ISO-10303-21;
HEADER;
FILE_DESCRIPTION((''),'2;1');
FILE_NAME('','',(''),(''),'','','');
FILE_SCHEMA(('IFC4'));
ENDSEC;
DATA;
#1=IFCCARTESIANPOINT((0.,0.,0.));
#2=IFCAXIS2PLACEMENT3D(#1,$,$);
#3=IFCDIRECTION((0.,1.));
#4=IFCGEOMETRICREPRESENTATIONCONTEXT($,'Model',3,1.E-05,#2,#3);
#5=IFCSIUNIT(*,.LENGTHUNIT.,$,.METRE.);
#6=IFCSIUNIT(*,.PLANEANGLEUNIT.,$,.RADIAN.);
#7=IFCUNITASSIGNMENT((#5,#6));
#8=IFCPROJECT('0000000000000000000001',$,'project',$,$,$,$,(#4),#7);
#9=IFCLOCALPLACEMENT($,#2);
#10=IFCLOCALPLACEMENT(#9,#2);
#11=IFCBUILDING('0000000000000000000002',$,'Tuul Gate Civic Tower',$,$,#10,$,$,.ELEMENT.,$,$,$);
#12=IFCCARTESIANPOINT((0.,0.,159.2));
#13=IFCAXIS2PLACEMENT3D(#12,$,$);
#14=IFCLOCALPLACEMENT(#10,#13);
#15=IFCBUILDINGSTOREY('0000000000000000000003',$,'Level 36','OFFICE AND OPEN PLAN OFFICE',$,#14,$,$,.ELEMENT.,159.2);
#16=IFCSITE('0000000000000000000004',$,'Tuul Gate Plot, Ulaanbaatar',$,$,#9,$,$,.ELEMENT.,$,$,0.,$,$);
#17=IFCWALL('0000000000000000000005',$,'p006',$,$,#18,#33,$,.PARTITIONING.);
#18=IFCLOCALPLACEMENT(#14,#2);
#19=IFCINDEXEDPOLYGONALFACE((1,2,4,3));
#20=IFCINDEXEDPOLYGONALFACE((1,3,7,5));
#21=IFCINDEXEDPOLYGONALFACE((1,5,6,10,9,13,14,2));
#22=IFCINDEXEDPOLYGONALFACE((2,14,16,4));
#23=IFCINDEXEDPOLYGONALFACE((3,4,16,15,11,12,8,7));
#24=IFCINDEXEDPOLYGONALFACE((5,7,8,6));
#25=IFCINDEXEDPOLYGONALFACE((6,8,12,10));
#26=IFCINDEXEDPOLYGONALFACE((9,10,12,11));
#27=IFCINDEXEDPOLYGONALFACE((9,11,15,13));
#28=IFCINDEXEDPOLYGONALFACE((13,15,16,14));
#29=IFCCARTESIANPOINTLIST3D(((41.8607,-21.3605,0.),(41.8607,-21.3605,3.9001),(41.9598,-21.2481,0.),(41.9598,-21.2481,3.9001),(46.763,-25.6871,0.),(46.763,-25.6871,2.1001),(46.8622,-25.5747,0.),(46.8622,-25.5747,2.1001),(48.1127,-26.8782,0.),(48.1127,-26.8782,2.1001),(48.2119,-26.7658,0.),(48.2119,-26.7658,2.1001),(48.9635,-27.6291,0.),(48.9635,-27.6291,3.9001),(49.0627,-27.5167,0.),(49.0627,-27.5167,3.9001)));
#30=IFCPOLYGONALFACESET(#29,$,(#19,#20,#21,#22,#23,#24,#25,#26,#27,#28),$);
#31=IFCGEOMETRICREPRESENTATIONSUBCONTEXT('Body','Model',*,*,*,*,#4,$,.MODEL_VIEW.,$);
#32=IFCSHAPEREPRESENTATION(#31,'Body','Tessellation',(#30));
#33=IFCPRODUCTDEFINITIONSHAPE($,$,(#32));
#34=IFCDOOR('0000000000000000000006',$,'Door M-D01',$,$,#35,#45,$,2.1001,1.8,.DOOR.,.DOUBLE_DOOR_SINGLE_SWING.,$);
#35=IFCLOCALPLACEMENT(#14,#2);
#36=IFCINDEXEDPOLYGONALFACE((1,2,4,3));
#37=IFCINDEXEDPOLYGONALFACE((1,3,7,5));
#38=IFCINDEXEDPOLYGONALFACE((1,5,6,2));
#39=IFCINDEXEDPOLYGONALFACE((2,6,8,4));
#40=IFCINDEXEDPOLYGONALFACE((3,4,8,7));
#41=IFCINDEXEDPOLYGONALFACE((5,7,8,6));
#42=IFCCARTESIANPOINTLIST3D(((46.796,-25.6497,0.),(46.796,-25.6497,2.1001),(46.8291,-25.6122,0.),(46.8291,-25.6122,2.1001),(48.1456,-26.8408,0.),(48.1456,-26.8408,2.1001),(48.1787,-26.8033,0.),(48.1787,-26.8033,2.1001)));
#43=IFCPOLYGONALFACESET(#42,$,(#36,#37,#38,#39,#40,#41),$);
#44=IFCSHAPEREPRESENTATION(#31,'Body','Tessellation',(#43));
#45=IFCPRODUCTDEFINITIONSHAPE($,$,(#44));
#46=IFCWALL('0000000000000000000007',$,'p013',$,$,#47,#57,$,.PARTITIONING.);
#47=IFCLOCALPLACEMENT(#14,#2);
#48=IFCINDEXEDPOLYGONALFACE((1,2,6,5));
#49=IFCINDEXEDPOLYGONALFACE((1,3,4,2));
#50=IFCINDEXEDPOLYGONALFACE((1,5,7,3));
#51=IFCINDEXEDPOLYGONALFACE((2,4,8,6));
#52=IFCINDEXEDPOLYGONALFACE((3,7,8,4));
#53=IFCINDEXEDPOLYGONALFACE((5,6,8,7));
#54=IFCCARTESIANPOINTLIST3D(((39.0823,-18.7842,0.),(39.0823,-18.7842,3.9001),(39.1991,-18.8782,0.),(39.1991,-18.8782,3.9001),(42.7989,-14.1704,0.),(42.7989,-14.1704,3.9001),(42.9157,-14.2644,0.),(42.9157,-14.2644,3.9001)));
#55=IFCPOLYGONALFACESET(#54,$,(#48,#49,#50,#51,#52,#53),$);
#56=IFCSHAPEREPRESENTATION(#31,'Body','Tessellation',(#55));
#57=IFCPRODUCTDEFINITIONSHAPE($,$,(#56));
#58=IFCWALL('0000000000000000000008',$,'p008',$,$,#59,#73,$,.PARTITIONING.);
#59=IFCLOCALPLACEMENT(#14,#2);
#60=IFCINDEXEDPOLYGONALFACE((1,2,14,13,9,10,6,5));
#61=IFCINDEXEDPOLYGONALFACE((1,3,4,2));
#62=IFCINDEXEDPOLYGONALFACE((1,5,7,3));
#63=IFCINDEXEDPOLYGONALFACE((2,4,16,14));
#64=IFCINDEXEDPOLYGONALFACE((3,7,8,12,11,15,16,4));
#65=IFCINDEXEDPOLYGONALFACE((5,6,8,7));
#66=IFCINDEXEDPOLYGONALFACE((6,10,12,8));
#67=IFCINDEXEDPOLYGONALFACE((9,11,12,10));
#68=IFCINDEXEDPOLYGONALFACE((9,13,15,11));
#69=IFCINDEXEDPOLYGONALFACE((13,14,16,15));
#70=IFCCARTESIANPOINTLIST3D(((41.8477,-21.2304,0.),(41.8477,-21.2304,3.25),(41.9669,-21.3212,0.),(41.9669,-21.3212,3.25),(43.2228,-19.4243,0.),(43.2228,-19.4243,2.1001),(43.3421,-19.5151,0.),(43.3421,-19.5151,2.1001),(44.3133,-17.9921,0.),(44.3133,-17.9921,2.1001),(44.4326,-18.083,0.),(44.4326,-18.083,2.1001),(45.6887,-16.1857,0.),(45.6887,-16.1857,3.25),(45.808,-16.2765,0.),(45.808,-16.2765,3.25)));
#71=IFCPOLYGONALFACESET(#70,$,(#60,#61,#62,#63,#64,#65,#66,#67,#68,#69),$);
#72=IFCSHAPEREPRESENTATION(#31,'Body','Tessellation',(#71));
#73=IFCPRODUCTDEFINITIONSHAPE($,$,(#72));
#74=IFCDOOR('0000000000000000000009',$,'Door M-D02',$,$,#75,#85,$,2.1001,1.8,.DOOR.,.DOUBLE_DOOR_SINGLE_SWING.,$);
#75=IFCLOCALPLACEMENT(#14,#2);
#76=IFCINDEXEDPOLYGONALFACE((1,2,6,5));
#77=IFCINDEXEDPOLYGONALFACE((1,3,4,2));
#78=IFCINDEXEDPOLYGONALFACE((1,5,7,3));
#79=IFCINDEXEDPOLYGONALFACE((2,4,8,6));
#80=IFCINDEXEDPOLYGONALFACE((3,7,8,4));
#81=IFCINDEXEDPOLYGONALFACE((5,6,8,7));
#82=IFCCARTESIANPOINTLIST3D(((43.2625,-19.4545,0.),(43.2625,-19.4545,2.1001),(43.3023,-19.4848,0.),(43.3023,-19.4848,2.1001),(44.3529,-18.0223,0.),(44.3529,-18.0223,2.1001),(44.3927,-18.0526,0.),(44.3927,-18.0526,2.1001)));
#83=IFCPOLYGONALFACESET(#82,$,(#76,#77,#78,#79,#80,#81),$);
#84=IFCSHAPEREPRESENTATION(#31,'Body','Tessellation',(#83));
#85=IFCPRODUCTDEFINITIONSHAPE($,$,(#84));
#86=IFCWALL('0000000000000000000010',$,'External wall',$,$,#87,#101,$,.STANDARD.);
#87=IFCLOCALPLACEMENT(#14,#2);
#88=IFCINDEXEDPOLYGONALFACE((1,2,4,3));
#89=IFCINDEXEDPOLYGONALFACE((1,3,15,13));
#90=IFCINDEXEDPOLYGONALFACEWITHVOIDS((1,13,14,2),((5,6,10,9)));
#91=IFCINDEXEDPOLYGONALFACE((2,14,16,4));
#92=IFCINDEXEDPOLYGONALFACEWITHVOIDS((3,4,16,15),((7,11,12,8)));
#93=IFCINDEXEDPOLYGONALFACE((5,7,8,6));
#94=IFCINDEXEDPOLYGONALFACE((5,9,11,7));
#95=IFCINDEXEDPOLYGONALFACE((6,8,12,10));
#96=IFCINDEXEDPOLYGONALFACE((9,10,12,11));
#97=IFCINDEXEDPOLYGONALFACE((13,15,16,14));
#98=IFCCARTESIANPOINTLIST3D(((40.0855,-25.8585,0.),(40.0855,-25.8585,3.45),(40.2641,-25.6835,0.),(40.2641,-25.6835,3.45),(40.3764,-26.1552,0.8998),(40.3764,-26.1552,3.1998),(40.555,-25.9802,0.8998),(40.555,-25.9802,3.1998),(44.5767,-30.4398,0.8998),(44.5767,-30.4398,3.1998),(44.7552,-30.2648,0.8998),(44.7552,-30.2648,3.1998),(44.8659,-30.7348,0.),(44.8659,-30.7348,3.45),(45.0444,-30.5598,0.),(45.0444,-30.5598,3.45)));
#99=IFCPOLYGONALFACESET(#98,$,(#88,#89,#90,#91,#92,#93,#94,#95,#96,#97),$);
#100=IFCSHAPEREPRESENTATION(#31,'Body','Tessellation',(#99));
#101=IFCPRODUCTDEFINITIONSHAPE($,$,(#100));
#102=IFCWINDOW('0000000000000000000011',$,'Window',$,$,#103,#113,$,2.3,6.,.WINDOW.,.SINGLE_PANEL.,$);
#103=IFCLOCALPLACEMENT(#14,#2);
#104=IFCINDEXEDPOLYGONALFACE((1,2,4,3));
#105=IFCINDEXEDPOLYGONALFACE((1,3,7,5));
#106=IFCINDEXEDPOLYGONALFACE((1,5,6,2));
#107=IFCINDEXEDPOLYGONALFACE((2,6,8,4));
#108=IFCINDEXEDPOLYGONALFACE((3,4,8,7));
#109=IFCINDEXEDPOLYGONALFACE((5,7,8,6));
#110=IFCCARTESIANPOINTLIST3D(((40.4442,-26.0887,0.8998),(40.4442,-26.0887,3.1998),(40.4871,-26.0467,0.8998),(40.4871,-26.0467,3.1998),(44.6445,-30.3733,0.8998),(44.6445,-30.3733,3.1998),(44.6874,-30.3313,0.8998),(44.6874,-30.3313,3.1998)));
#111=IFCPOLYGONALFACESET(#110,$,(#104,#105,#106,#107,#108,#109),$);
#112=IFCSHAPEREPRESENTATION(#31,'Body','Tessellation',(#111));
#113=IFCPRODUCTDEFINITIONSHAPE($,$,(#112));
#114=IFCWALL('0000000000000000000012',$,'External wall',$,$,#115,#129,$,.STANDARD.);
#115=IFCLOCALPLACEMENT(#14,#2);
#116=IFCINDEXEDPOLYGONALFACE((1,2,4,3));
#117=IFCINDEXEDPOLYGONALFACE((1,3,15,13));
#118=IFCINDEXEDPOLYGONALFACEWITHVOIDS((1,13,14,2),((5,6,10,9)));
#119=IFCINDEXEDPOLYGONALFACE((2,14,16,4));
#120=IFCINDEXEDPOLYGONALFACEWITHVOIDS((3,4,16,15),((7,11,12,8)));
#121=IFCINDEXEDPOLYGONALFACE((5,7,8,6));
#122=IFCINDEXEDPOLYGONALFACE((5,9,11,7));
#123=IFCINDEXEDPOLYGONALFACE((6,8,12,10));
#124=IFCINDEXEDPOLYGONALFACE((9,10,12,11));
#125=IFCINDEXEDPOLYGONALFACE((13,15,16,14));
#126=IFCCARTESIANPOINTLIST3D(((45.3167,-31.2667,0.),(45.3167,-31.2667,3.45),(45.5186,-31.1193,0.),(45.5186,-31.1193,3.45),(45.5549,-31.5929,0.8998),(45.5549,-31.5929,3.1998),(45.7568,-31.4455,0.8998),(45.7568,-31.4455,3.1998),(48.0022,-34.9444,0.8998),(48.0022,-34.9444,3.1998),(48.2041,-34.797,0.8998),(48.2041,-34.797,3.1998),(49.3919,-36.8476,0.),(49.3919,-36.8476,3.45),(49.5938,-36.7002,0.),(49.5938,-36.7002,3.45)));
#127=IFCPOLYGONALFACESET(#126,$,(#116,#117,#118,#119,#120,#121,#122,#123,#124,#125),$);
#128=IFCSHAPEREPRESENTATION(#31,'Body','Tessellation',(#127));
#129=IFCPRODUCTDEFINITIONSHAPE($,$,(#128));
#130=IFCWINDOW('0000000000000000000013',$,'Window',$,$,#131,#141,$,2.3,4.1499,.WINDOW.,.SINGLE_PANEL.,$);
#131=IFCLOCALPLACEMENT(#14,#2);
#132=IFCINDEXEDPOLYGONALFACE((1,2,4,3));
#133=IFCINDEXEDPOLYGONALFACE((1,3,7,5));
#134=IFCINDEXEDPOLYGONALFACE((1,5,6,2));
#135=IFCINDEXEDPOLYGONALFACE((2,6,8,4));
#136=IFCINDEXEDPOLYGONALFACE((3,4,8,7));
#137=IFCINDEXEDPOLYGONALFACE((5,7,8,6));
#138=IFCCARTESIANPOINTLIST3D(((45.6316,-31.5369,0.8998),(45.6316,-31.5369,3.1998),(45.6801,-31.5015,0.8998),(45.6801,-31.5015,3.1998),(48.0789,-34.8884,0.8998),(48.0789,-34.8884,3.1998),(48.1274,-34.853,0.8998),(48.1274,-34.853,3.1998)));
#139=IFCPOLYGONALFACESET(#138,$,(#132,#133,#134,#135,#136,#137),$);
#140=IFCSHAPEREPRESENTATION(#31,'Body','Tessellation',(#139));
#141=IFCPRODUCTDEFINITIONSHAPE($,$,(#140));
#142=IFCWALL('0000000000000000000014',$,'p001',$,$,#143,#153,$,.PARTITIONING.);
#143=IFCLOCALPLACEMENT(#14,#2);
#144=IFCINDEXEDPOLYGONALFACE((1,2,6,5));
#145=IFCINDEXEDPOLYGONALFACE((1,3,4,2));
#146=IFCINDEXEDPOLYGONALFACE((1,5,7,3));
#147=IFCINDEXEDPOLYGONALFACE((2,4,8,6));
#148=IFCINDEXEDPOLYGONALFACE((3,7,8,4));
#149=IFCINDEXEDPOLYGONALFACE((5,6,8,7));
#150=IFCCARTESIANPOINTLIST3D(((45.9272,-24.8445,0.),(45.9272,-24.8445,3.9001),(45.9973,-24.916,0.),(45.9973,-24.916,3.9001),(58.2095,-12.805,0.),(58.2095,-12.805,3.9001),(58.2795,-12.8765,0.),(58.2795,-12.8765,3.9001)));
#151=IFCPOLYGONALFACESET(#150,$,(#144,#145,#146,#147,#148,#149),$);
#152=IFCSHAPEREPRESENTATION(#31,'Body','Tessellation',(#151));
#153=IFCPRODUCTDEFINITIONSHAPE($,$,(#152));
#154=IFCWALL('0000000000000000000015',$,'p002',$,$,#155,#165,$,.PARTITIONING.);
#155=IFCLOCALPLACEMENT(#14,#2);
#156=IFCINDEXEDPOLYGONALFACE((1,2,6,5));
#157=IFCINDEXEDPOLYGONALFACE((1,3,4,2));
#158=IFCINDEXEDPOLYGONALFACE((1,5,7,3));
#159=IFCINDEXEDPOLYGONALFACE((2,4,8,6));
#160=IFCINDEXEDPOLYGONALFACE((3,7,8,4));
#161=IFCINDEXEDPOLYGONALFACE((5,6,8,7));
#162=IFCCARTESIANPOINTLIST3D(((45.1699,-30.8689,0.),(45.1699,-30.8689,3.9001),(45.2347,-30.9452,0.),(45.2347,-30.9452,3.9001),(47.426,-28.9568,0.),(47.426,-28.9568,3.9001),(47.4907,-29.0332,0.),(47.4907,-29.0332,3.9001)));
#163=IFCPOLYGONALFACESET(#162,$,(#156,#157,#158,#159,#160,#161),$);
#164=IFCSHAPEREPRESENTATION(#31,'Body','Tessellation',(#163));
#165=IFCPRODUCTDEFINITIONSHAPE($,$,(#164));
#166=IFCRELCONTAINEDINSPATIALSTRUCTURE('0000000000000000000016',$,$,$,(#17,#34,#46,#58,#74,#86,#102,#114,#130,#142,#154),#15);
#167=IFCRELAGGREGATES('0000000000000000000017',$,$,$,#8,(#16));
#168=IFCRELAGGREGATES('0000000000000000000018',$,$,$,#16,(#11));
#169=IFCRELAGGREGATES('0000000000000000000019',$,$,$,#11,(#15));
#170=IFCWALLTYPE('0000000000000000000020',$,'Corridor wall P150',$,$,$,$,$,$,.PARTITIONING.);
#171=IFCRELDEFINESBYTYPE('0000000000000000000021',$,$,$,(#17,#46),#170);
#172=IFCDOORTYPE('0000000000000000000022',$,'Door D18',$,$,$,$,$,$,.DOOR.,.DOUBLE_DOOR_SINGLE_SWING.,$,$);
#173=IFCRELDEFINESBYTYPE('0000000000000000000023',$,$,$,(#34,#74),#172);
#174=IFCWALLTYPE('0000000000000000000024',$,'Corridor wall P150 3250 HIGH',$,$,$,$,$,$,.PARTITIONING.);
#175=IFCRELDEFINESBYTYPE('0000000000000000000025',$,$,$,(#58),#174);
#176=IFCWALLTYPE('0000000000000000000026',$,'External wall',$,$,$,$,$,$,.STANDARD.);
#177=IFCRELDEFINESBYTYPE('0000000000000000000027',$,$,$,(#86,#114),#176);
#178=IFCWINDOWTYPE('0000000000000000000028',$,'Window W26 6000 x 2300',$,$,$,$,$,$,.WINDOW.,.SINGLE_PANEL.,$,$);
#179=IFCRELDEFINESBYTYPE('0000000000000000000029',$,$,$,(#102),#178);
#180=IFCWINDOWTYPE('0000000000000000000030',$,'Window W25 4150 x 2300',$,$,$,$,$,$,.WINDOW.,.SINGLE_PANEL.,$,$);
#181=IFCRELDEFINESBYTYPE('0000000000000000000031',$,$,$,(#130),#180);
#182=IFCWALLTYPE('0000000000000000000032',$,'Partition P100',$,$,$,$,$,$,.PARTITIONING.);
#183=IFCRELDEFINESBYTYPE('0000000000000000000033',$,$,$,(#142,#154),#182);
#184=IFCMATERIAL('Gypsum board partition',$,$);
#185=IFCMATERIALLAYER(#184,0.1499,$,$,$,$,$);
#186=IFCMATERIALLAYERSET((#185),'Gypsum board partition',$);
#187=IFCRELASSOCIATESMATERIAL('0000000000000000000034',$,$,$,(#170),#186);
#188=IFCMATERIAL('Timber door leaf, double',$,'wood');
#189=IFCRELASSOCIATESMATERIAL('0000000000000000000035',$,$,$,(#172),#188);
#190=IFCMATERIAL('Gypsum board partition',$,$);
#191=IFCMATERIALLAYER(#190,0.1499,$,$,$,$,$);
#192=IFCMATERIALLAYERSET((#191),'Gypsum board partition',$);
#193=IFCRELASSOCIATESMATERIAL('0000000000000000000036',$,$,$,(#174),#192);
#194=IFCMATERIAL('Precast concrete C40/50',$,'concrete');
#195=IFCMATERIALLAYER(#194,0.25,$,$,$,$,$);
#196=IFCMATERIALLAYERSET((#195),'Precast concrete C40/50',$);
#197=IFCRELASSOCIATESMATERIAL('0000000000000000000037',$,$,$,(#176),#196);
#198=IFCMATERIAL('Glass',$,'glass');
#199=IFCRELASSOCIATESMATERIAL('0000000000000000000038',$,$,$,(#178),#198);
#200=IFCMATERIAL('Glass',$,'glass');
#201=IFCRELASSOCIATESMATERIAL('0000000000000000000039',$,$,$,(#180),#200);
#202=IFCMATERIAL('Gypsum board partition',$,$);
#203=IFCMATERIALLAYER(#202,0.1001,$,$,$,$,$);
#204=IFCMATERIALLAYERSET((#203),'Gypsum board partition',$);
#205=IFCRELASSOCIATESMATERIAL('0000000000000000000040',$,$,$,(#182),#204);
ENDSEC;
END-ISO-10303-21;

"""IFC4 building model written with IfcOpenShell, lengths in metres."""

from ifc_helpers import new_model, si_unit, direction, frame, frame_2d, origin, place, context, subcontext, project, spatial, rectangle, extrude, material, layer, layer_set, type_object, element, fill, save


model = new_model("IFC4")

# Units and contexts
model_context = context("Model", 3, precision=1e-05, world=origin(), true_north=direction((0.0, 1.0)))
body_context = subcontext(model_context, "Body", "Model", "MODEL_VIEW")
ifc_project = project(units=[si_unit("LENGTHUNIT", "METRE"), si_unit("PLANEANGLEUNIT", "RADIAN")], contexts=[model_context])

# Site, building, storey
site_placement = place(None, origin())
site = spatial("IfcSite", under=ifc_project, at=site_placement, Name="Tuul Gate Plot, Ulaanbaatar", CompositionType="ELEMENT", RefElevation=0.0)
building_placement = place(site_placement, origin())
building = spatial("IfcBuilding", under=site, at=building_placement, Name="Tuul Gate Civic Tower", CompositionType="ELEMENT")
storey_placement = place(building_placement, frame((0.0, 0.0, 159.2)))
storey = spatial("IfcBuildingStorey", under=building, at=storey_placement, Name="Level 36", Description="OFFICE AND OPEN PLAN OFFICE", CompositionType="ELEMENT", Elevation=159.2)

# Shared definitions
ifc_material_1 = material(Name="Gypsum board partition")
ifc_layer_1 = layer(ifc_material_1, 0.1499)
ifc_layer_set_1 = layer_set([ifc_layer_1], Name="Gypsum board partition")
wall_type_1 = type_object("IfcWallType", Name="Corridor wall P150", PredefinedType="PARTITIONING", material=ifc_layer_set_1)

# Wall, opening, door
wall_1_placement = place(storey_placement, frame((41.9102, -21.3042, 0.0), z_axis=(0.0, 0.0, 1.0), x_axis=(0.749765, -0.661704, 0.0)))
wall_1 = element("IfcWall", 1, at=wall_1_placement, inside=storey, type_object=wall_type_1, Name="p006", PredefinedType="PARTITIONING", context=body_context, shape_type="SweptSolid", body=[
    extrude(rectangle(XDim=9.4734, YDim=0.1499, at=frame_2d((4.7368, 0.0))), origin(), (0.0, 0.0, 1.0), 3.9001),
])
opening_1_placement = place(wall_1_placement, frame((6.5388, 0.0, 0.0)))
opening_1 = element("IfcOpeningElement", 2, at=opening_1_placement, cuts=wall_1, PredefinedType="OPENING", context=body_context, shape_type="SweptSolid", body=[
    extrude(rectangle(XDim=1.8, YDim=2.1001, at=frame_2d((0.8999, 1.05))), frame((0.0, 0.085, 0.0), z_axis=(0.0, -1.0, 0.0), x_axis=(1.0, 0.0, 0.0)), (0.0, 0.0, 1.0), 0.1699),
])
ifc_material_2 = material(Name="Timber door leaf, double", Category="wood")
door_type = type_object("IfcDoorType", Name="Door D18", OperationType="DOUBLE_DOOR_SINGLE_SWING", PredefinedType="DOOR", material=ifc_material_2)
door_1_placement = place(opening_1_placement, origin())
door_1 = element("IfcDoor", 3, at=door_1_placement, inside=storey, type_object=door_type, Name="Door M-D01", OperationType="DOUBLE_DOOR_SINGLE_SWING", OverallHeight=2.1001, OverallWidth=1.8, PredefinedType="DOOR", context=body_context, shape_type="SweptSolid", body=[
    extrude(rectangle(XDim=1.8, YDim=2.1001, at=frame_2d((0.8999, 1.05))), frame((0.0, 0.0249, 0.0), z_axis=(0.0, -1.0, 0.0), x_axis=(1.0, 0.0, 0.0)), (0.0, 0.0, 1.0), 0.05),
])
fill(opening_1, door_1)

# Wall
wall_2_placement = place(storey_placement, frame((39.1406, -18.8313, 0.0), z_axis=(0.0, 0.0, 1.0), x_axis=(0.62732, 0.778762, 0.0)))
element("IfcWall", 4, at=wall_2_placement, inside=storey, type_object=wall_type_1, Name="p013", PredefinedType="PARTITIONING", context=body_context, shape_type="SweptSolid", body=[
    extrude(rectangle(XDim=5.9246, YDim=0.1499, at=frame_2d((2.9624, 0.0))), origin(), (0.0, 0.0, 1.0), 3.9001),
])

# Wall, opening, door
ifc_material_3 = material(Name="Gypsum board partition")
ifc_layer_2 = layer(ifc_material_3, 0.1499)
ifc_layer_set_2 = layer_set([ifc_layer_2], Name="Gypsum board partition")
wall_type_2 = type_object("IfcWallType", Name="Corridor wall P150 3250 HIGH", PredefinedType="PARTITIONING", material=ifc_layer_set_2)
wall_3_placement = place(storey_placement, frame((41.9072, -21.2759, 0.0), z_axis=(0.0, 0.0, 1.0), x_axis=(0.605794, 0.795622, 0.0)))
wall_3 = element("IfcWall", 5, at=wall_3_placement, inside=storey, type_object=wall_type_2, Name="p008", PredefinedType="PARTITIONING", context=body_context, shape_type="SweptSolid", body=[
    extrude(rectangle(XDim=6.3406, YDim=0.1499, at=frame_2d((3.1704, 0.0))), origin(), (0.0, 0.0, 1.0), 3.25),
])
opening_2_placement = place(wall_3_placement, frame((2.2703, 0.0, 0.0)))
opening_2 = element("IfcOpeningElement", 6, at=opening_2_placement, cuts=wall_3, PredefinedType="OPENING", context=body_context, shape_type="SweptSolid", body=[
    extrude(rectangle(XDim=1.8, YDim=2.1001, at=frame_2d((0.8999, 1.05))), frame((0.0, 0.085, 0.0), z_axis=(0.0, -1.0, 0.0), x_axis=(1.0, 0.0, 0.0)), (0.0, 0.0, 1.0), 0.1699),
])
door_2_placement = place(opening_2_placement, frame((1.8, 0.0, 0.0), z_axis=(0.0, 0.0, 1.0), x_axis=(-1.0, 0.0, 0.0)))
door_2 = element("IfcDoor", 7, at=door_2_placement, inside=storey, type_object=door_type, Name="Door M-D02", OperationType="DOUBLE_DOOR_SINGLE_SWING", OverallHeight=2.1001, OverallWidth=1.8, PredefinedType="DOOR", context=body_context, shape_type="SweptSolid", body=[
    extrude(rectangle(XDim=1.8, YDim=2.1001, at=frame_2d((0.9001, 1.05))), frame((0.0, 0.0249, 0.0), z_axis=(0.0, -1.0, 0.0), x_axis=(1.0, 0.0, 0.0)), (0.0, 0.0, 1.0), 0.05),
])
fill(opening_2, door_2)

# Walls, openings, windows
ifc_material_4 = material(Name="Precast concrete C40/50", Category="concrete")
ifc_layer_3 = layer(ifc_material_4, 0.25)
ifc_layer_set_3 = layer_set([ifc_layer_3], Name="Precast concrete C40/50")
wall_type_3 = type_object("IfcWallType", Name="External wall", PredefinedType="STANDARD", material=ifc_layer_set_3)
wall_4_placement = place(storey_placement, frame((40.1748, -25.771, 0.0), z_axis=(0.0, 0.0, 1.0), x_axis=(0.700046, -0.714097, 0.0)))
wall_4 = element("IfcWall", 8, at=wall_4_placement, inside=storey, type_object=wall_type_3, Name="External wall", PredefinedType="STANDARD", context=body_context, shape_type="SweptSolid", body=[
    extrude(rectangle(XDim=6.8286, YDim=0.25, at=frame_2d((3.4143, 0.0))), origin(), (0.0, 0.0, 1.0), 3.45),
])
opening_3_placement = place(wall_4_placement, frame((0.4155, 0.0, 0.8999)))
opening_3 = element("IfcOpeningElement", 9, at=opening_3_placement, cuts=wall_4, PredefinedType="OPENING", context=body_context, shape_type="SweptSolid", body=[
    extrude(rectangle(XDim=6.0, YDim=2.3, at=frame_2d((3.0, 1.1499))), frame((0.0, 0.135, 0.0), z_axis=(0.0, -1.0, 0.0), x_axis=(1.0, 0.0, 0.0)), (0.0, 0.0, 1.0), 0.27),
])
ifc_material_5 = material(Name="Glass", Category="glass")
window_type_1 = type_object("IfcWindowType", Name="Window W26 6000 x 2300", PartitioningType="SINGLE_PANEL", PredefinedType="WINDOW", material=ifc_material_5)
window_1_placement = place(opening_3_placement, origin())
window_1 = element("IfcWindow", 10, at=window_1_placement, inside=storey, type_object=window_type_1, Name="Window", OverallHeight=2.3, OverallWidth=6.0, PartitioningType="SINGLE_PANEL", PredefinedType="WINDOW", context=body_context, shape_type="SweptSolid", body=[
    extrude(rectangle(XDim=6.0, YDim=2.3, at=frame_2d((3.0, 1.1499))), frame((0.0, 0.03, 0.0), z_axis=(0.0, -1.0, 0.0), x_axis=(1.0, 0.0, 0.0)), (0.0, 0.0, 1.0), 0.0601),
])
fill(opening_3, window_1)
wall_5_placement = place(storey_placement, frame((45.4177, -31.1931, 0.0), z_axis=(0.0, 0.0, 1.0), x_axis=(0.589725, -0.807604, 0.0)))
wall_5 = element("IfcWall", 11, at=wall_5_placement, inside=storey, type_object=wall_type_3, Name="External wall", PredefinedType="STANDARD", context=body_context, shape_type="SweptSolid", body=[
    extrude(rectangle(XDim=6.9104, YDim=0.25, at=frame_2d((3.4551, 0.0))), origin(), (0.0, 0.0, 1.0), 3.45),
])
opening_4_placement = place(wall_5_placement, frame((0.4038, 0.0, 0.8999)))
opening_4 = element("IfcOpeningElement", 12, at=opening_4_placement, cuts=wall_5, PredefinedType="OPENING", context=body_context, shape_type="SweptSolid", body=[
    extrude(rectangle(XDim=4.1499, YDim=2.3, at=frame_2d((2.075, 1.1499))), frame((0.0, 0.135, 0.0), z_axis=(0.0, -1.0, 0.0), x_axis=(1.0, 0.0, 0.0)), (0.0, 0.0, 1.0), 0.27),
])
ifc_material_6 = material(Name="Glass", Category="glass")
window_type_2 = type_object("IfcWindowType", Name="Window W25 4150 x 2300", PartitioningType="SINGLE_PANEL", PredefinedType="WINDOW", material=ifc_material_6)
window_2_placement = place(opening_4_placement, origin())
window_2 = element("IfcWindow", 13, at=window_2_placement, inside=storey, type_object=window_type_2, Name="Window", OverallHeight=2.3, OverallWidth=4.1499, PartitioningType="SINGLE_PANEL", PredefinedType="WINDOW", context=body_context, shape_type="SweptSolid", body=[
    extrude(rectangle(XDim=4.1499, YDim=2.3, at=frame_2d((2.075, 1.1499))), frame((0.0, 0.03, 0.0), z_axis=(0.0, -1.0, 0.0), x_axis=(1.0, 0.0, 0.0)), (0.0, 0.0, 1.0), 0.0601),
])
fill(opening_4, window_2)

# Walls
ifc_material_7 = material(Name="Gypsum board partition")
ifc_layer_4 = layer(ifc_material_7, 0.1001)
ifc_layer_set_4 = layer_set([ifc_layer_4], Name="Gypsum board partition")
wall_type_4 = type_object("IfcWallType", Name="Partition P100", PredefinedType="PARTITIONING", material=ifc_layer_set_4)
wall_6_placement = place(storey_placement, frame((45.9622, -24.8804, 0.0), z_axis=(0.0, 0.0, 1.0), x_axis=(0.714127, 0.700017, 0.0)))
element("IfcWall", 14, at=wall_6_placement, inside=storey, type_object=wall_type_4, Name="p001", PredefinedType="PARTITIONING", context=body_context, shape_type="SweptSolid", body=[
    extrude(rectangle(XDim=17.199, YDim=0.1001, at=frame_2d((8.5996, 0.0))), origin(), (0.0, 0.0, 1.0), 3.9001),
])
wall_7_placement = place(storey_placement, frame((45.2024, -30.907, 0.0), z_axis=(0.0, 0.0, 1.0), x_axis=(0.762869, 0.646553, 0.0)))
element("IfcWall", 15, at=wall_7_placement, inside=storey, type_object=wall_type_4, Name="p002", PredefinedType="PARTITIONING", context=body_context, shape_type="SweptSolid", body=[
    extrude(rectangle(XDim=2.9573, YDim=0.1001, at=frame_2d((1.4785, 0.0))), origin(), (0.0, 0.0, 1.0), 3.9001),
])

save(model, "model.ifc")
